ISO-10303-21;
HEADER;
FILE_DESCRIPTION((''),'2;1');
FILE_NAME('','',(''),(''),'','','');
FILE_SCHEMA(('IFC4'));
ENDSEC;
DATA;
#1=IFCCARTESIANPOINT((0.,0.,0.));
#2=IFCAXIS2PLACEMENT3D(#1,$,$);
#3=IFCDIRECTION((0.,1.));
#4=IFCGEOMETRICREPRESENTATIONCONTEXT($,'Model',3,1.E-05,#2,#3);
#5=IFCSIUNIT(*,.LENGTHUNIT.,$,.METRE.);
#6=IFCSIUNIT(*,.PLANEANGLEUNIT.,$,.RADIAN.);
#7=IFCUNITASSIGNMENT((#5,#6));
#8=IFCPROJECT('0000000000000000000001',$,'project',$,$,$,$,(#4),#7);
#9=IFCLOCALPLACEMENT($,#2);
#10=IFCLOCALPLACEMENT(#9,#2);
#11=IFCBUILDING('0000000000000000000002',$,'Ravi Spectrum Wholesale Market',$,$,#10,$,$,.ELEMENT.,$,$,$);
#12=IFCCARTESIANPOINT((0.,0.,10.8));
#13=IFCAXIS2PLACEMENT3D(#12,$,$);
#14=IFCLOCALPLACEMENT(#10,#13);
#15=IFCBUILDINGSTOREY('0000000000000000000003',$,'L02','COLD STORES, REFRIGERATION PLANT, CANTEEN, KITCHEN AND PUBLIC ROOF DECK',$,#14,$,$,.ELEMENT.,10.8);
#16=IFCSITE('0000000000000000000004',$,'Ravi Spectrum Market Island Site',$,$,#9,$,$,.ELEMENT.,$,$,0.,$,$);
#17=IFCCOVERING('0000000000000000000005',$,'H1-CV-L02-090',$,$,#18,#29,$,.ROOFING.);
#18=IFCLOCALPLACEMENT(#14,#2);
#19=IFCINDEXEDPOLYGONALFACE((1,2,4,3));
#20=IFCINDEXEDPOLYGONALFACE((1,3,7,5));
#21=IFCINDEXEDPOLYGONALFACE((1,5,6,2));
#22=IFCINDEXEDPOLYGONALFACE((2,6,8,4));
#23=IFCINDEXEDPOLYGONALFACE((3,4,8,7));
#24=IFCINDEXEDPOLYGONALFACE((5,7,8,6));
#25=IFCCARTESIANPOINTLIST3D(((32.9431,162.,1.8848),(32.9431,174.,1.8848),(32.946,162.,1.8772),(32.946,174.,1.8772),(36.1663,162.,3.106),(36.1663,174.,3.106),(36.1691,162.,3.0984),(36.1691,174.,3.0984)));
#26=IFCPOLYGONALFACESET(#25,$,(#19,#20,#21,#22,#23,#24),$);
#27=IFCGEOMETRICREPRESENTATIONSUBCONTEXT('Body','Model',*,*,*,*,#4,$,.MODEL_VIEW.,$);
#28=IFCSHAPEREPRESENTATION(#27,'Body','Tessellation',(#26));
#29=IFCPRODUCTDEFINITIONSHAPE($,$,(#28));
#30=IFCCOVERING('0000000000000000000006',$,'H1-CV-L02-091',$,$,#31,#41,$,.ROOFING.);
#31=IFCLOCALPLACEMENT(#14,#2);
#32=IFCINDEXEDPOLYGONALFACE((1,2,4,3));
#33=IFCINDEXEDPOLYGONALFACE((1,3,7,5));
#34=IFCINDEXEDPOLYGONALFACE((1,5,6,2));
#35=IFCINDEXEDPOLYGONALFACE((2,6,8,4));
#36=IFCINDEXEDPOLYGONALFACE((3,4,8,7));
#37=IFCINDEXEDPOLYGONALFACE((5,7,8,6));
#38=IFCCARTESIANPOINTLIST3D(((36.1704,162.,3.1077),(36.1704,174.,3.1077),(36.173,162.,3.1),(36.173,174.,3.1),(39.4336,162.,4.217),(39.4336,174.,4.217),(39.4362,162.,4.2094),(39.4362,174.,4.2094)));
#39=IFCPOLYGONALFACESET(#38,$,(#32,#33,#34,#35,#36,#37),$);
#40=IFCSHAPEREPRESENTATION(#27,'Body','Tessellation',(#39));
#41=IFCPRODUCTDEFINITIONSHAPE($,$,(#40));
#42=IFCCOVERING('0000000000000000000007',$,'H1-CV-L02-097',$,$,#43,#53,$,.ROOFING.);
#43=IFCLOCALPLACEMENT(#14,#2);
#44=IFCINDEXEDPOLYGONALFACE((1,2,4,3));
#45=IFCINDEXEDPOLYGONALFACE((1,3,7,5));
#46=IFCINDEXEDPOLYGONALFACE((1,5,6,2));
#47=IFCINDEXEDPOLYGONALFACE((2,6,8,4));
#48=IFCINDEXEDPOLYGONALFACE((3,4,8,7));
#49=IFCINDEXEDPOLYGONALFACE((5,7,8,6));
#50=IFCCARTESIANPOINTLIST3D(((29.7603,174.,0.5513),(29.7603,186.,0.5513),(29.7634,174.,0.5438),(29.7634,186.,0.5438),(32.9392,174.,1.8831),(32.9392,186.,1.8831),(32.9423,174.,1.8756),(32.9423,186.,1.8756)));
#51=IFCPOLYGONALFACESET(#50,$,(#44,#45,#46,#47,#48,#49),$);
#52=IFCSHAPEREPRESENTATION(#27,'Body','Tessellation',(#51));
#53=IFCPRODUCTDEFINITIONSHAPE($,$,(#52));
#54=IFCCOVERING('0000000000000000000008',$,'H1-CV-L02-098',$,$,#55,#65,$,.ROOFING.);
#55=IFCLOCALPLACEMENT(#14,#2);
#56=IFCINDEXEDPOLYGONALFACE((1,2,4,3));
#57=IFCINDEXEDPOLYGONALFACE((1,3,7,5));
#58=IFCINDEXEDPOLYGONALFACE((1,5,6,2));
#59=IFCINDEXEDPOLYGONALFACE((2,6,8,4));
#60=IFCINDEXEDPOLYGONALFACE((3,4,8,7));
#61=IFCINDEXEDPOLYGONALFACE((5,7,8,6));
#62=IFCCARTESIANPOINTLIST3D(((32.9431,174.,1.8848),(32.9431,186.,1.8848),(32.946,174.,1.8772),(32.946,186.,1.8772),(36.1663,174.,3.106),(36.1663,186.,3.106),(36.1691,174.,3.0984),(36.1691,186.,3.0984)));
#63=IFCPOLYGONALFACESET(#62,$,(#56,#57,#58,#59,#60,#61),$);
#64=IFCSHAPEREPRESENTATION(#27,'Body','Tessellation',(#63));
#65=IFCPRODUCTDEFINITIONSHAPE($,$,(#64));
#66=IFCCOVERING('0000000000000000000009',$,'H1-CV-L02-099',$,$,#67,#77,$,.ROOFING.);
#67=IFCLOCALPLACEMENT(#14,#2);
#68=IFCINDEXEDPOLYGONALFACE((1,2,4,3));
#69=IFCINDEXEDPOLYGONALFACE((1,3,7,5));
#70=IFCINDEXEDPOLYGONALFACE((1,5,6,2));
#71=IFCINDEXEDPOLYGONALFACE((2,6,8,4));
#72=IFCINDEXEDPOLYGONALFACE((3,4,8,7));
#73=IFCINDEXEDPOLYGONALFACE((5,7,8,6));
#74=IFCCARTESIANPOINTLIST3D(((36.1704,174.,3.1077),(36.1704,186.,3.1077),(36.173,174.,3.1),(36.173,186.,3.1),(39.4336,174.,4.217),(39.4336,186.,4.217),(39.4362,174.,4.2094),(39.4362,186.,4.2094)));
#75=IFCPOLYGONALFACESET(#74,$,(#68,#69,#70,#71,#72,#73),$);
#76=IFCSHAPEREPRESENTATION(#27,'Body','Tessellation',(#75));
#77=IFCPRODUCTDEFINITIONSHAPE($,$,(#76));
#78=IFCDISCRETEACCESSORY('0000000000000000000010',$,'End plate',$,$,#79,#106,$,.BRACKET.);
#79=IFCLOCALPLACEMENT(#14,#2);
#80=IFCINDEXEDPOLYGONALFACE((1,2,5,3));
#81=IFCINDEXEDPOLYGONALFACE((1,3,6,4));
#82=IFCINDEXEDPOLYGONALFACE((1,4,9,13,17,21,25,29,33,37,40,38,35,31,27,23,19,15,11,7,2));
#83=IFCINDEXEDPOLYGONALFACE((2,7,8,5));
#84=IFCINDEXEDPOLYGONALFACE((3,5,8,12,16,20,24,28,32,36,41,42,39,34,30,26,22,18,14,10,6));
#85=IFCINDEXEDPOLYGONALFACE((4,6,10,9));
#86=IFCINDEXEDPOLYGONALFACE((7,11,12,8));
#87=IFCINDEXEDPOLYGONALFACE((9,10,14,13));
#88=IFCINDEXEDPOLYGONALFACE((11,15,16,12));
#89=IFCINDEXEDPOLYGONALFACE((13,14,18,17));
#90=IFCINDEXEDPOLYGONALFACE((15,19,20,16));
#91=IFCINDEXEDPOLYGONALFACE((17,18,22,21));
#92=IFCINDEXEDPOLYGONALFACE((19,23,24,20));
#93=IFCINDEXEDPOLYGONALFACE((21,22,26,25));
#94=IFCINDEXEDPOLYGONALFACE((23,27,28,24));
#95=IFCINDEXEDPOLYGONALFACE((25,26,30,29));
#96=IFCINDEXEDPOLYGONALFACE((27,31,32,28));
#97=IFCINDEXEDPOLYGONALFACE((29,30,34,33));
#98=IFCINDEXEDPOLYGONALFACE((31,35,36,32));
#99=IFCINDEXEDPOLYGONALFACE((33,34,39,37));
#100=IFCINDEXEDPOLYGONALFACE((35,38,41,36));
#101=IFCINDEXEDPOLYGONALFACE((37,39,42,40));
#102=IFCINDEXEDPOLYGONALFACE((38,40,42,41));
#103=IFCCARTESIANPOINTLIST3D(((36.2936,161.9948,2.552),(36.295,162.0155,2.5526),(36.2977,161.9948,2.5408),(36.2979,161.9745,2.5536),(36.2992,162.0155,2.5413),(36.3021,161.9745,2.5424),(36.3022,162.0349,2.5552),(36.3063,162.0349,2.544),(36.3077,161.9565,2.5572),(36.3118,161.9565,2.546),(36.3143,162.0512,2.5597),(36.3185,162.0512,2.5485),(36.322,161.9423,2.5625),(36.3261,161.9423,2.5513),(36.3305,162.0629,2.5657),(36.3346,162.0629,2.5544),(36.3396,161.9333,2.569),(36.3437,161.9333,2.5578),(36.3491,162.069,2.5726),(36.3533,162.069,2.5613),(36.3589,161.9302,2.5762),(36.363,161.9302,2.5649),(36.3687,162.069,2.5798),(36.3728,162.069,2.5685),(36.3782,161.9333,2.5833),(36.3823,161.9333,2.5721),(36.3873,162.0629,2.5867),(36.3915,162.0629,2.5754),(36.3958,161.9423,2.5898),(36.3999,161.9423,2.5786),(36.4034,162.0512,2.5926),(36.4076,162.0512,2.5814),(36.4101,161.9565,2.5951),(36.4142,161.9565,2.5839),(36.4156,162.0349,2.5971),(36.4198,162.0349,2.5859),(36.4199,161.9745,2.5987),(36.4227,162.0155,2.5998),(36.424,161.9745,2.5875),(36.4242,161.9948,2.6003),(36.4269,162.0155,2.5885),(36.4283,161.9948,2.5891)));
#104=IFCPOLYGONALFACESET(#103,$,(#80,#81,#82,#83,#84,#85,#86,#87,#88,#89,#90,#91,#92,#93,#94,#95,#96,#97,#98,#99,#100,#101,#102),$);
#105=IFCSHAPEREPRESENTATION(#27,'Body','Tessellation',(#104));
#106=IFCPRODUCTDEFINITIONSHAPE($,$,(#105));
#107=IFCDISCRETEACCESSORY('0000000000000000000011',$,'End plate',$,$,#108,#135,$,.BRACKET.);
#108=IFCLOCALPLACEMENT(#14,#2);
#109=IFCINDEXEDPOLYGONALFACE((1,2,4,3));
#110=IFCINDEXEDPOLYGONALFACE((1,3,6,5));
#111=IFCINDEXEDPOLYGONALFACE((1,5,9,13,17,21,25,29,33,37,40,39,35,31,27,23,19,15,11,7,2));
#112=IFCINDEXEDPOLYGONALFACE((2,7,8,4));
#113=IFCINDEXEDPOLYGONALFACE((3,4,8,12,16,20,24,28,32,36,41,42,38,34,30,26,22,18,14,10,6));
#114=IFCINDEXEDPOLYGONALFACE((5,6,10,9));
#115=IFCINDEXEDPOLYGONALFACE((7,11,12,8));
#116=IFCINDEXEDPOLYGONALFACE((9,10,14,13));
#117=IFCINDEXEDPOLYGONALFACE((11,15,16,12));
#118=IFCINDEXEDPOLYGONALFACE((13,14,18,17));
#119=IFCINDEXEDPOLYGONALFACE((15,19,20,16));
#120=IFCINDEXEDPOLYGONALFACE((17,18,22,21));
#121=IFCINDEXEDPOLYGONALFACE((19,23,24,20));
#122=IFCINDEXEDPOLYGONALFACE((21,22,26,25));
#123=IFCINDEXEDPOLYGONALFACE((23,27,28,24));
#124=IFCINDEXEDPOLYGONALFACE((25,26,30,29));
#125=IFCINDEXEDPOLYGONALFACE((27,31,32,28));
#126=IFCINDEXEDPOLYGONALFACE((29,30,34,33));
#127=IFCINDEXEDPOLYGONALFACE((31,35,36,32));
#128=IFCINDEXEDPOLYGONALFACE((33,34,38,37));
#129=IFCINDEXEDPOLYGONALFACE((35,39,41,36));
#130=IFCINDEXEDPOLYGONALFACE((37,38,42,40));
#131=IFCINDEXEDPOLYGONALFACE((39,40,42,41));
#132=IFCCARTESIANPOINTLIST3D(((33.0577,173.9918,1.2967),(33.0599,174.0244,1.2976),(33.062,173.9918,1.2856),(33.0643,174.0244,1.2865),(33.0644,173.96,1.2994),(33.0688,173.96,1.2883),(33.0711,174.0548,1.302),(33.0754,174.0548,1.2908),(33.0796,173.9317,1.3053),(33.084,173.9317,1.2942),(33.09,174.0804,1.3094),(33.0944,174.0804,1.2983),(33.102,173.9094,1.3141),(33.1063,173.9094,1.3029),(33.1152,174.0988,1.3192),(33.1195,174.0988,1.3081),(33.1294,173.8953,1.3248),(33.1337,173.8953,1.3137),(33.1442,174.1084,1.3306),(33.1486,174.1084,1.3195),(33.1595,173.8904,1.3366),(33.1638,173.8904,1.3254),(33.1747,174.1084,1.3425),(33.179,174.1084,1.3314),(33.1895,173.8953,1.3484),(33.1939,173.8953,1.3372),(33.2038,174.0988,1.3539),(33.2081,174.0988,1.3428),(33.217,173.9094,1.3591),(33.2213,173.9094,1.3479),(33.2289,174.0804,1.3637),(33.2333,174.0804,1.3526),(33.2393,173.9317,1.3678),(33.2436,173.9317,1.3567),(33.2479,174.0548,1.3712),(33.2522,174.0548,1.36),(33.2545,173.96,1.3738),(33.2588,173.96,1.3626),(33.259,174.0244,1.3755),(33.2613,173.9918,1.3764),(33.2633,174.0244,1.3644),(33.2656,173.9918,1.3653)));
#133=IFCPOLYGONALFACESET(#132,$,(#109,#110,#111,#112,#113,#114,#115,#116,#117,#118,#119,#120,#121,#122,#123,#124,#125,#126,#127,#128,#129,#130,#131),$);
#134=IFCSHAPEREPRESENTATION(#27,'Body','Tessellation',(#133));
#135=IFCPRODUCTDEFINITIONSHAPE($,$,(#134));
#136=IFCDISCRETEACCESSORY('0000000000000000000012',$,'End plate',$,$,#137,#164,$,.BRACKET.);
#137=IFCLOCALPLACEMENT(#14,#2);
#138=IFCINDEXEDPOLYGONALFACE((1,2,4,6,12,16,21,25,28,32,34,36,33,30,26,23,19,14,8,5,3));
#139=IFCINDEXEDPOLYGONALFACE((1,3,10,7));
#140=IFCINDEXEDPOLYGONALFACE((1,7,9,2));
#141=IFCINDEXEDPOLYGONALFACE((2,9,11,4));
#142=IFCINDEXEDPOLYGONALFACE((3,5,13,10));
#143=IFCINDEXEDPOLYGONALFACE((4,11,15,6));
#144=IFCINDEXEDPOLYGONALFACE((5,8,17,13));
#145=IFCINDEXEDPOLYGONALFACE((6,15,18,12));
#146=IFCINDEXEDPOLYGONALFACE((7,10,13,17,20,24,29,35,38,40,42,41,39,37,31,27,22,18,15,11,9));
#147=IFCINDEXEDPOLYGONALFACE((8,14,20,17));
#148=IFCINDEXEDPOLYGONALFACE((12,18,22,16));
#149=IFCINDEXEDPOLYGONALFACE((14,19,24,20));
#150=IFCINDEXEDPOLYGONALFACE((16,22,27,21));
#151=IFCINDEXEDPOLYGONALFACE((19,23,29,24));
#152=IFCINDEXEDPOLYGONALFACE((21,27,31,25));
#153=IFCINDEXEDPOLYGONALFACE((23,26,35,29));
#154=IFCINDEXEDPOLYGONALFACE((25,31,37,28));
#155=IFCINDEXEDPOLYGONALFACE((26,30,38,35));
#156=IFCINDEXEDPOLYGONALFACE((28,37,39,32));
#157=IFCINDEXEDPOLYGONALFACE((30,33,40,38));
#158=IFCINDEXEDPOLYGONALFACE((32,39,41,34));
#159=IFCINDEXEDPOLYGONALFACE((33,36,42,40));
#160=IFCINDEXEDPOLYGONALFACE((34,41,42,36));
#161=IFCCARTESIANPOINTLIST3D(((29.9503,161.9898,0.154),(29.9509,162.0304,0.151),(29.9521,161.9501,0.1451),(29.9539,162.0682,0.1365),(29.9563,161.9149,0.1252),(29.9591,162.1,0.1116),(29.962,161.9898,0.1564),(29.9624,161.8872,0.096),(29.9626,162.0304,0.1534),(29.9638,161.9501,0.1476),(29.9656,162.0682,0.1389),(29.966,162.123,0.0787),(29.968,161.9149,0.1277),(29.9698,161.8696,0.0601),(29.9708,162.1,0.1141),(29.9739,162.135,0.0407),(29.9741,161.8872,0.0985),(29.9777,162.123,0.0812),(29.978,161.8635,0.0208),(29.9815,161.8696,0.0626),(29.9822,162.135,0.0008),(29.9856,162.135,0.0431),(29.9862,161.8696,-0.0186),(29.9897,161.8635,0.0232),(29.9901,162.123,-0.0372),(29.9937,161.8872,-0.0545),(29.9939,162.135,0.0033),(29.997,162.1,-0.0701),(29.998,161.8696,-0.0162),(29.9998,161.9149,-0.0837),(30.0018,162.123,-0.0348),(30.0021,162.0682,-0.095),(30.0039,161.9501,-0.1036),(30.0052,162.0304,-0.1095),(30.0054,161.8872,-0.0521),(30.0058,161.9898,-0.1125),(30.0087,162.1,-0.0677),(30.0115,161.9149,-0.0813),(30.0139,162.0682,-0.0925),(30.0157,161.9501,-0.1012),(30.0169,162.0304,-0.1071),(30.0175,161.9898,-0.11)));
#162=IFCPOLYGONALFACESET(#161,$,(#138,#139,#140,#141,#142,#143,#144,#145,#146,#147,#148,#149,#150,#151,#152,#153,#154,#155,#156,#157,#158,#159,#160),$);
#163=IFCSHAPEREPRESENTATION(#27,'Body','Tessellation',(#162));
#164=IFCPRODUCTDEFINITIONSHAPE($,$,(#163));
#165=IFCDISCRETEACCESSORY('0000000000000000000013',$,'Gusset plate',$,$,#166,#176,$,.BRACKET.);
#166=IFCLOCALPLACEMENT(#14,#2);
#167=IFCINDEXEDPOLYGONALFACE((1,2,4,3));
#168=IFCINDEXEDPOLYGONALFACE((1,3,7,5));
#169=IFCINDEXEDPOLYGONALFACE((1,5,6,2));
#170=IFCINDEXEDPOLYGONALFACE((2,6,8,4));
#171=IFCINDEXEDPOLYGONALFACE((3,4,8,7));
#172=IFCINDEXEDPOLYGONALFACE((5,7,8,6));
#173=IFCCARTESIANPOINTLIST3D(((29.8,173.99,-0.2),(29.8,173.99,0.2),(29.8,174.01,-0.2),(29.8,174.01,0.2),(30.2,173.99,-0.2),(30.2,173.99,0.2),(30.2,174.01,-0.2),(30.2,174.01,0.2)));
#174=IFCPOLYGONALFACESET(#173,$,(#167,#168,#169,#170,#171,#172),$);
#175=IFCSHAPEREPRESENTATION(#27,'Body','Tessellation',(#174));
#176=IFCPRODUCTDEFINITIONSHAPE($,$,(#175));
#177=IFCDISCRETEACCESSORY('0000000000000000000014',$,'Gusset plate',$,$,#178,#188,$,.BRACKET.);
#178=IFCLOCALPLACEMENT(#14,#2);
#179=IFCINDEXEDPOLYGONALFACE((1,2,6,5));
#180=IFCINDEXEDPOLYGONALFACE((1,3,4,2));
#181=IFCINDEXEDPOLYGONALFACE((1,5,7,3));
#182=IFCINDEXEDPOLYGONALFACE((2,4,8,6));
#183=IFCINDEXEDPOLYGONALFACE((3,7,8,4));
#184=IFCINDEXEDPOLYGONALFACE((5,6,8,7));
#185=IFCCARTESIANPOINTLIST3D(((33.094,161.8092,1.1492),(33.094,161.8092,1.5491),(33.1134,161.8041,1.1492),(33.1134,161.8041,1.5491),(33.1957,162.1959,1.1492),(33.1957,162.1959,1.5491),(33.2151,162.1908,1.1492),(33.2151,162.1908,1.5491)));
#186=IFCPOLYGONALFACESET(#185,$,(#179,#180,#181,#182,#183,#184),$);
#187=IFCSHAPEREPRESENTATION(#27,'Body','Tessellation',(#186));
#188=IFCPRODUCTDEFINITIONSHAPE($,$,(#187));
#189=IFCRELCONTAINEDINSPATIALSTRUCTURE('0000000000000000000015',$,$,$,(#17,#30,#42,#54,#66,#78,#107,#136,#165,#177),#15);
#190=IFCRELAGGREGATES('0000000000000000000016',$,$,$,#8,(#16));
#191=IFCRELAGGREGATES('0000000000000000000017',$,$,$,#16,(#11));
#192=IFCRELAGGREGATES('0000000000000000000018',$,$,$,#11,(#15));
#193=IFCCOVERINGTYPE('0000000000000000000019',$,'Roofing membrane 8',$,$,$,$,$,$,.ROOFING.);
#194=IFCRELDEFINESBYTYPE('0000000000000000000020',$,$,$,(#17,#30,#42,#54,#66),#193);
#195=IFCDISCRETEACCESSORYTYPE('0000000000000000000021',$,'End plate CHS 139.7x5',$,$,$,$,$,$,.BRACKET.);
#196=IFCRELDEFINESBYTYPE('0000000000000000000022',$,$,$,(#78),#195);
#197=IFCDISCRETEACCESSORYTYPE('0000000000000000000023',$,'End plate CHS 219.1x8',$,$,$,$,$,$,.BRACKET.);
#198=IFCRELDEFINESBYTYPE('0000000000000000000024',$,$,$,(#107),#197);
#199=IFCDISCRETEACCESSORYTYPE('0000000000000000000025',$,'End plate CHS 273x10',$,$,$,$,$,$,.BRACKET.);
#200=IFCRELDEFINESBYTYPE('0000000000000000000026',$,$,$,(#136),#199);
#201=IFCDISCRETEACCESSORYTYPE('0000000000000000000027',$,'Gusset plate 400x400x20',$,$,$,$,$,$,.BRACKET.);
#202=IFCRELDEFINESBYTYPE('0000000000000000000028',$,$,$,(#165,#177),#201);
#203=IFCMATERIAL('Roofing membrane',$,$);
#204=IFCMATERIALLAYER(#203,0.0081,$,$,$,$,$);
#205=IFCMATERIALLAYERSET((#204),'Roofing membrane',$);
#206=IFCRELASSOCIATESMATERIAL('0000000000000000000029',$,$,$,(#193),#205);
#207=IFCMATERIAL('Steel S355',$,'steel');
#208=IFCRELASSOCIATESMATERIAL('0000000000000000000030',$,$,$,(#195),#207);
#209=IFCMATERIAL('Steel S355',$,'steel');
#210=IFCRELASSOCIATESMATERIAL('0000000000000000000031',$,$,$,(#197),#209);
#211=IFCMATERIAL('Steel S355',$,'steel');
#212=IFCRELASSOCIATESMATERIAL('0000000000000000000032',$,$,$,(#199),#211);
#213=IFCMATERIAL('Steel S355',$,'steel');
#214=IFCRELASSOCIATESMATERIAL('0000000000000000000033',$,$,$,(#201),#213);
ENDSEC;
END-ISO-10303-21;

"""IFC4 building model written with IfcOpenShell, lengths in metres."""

from ifc_helpers import new_model, si_unit, direction, frame, origin, origin_2d, place, context, subcontext, project, spatial, polyline, rectangle, circle, outline, extrude, material, layer, layer_set, material_profile, profile_set, type_object, element, save


model = new_model("IFC4")

# Units and contexts
model_context = context("Model", 3, precision=1e-05, world=origin(), true_north=direction((0.0, 1.0)))
body_context = subcontext(model_context, "Body", "Model", "MODEL_VIEW")
ifc_project = project(units=[si_unit("LENGTHUNIT", "METRE"), si_unit("PLANEANGLEUNIT", "RADIAN")], contexts=[model_context])

# Site, building, storey
site_placement = place(None, origin())
site = spatial("IfcSite", under=ifc_project, at=site_placement, Name="Ravi Spectrum Market Island Site", CompositionType="ELEMENT", RefElevation=0.0)
building_placement = place(site_placement, origin())
building = spatial("IfcBuilding", under=site, at=building_placement, Name="Ravi Spectrum Wholesale Market", CompositionType="ELEMENT")
storey_placement = place(building_placement, frame((0.0, 0.0, 10.8)))
storey = spatial("IfcBuildingStorey", under=building, at=storey_placement, Name="L02", Description="COLD STORES, REFRIGERATION PLANT, CANTEEN, KITCHEN AND PUBLIC ROOF DECK", CompositionType="ELEMENT", Elevation=10.8)

# Coverings
ifc_material_1 = material(Name="Roofing membrane")
ifc_layer_1 = layer(ifc_material_1, 0.0081)
ifc_layer_set_1 = layer_set([ifc_layer_1], Name="Roofing membrane")
covering_type = type_object("IfcCoveringType", Name="Roofing membrane 8", PredefinedType="ROOFING", material=ifc_layer_set_1)
covering_1_placement = place(storey_placement, frame((32.9431, 162.0, 1.8848), z_axis=(-0.354304, 0.0, 0.93513), x_axis=(0.93513, 0.0, 0.354304)))
element("IfcCovering", 1, at=covering_1_placement, inside=storey, type_object=covering_type, Name="H1-CV-L02-090", PredefinedType="ROOFING", context=body_context, shape_type="SweptSolid", body=[
    extrude(outline(polyline([(0.0, 0.0), (3.4467, 0.0), (3.4467, 12.0), (0.0, 12.0), (0.0, 0.0)])), origin(), (0.0, 0.0, -1.0), 0.0081),
])
covering_2_placement = place(storey_placement, frame((36.1704, 162.0, 3.1077), z_axis=(-0.321875, 0.0, 0.946782), x_axis=(0.946782, 0.0, 0.321875)))
element("IfcCovering", 2, at=covering_2_placement, inside=storey, type_object=covering_type, Name="H1-CV-L02-091", PredefinedType="ROOFING", context=body_context, shape_type="SweptSolid", body=[
    extrude(outline(polyline([(0.0, 0.0), (3.4466, 0.0), (3.4466, 12.0), (0.0, 12.0), (0.0, 0.0)])), origin(), (0.0, 0.0, -1.0), 0.0081),
])
covering_3_placement = place(storey_placement, frame((29.7603, 174.0, 0.5513), z_axis=(-0.3864, 0.0, 0.922331), x_axis=(0.922331, 0.0, 0.3864)))
element("IfcCovering", 3, at=covering_3_placement, inside=storey, type_object=covering_type, Name="H1-CV-L02-097", PredefinedType="ROOFING", context=body_context, shape_type="SweptSolid", body=[
    extrude(outline(polyline([(0.0, 0.0), (3.4467, 0.0), (3.4467, 12.0), (0.0, 12.0), (0.0, 0.0)])), origin(), (0.0, 0.0, -1.0), 0.0081),
])
covering_4_placement = place(storey_placement, frame((32.9431, 174.0, 1.8848), z_axis=(-0.354304, 0.0, 0.93513), x_axis=(0.93513, 0.0, 0.354304)))
element("IfcCovering", 4, at=covering_4_placement, inside=storey, type_object=covering_type, Name="H1-CV-L02-098", PredefinedType="ROOFING", context=body_context, shape_type="SweptSolid", body=[
    extrude(outline(polyline([(0.0, 0.0), (3.4467, 0.0), (3.4467, 12.0), (0.0, 12.0), (0.0, 0.0)])), origin(), (0.0, 0.0, -1.0), 0.0081),
])
covering_5_placement = place(storey_placement, frame((36.1704, 174.0, 3.1077), z_axis=(-0.321875, 0.0, 0.946782), x_axis=(0.946782, 0.0, 0.321875)))
element("IfcCovering", 5, at=covering_5_placement, inside=storey, type_object=covering_type, Name="H1-CV-L02-099", PredefinedType="ROOFING", context=body_context, shape_type="SweptSolid", body=[
    extrude(outline(polyline([(0.0, 0.0), (3.4466, 0.0), (3.4466, 12.0), (0.0, 12.0), (0.0, 0.0)])), origin(), (0.0, 0.0, -1.0), 0.0081),
])

# Discrete accessories
ifc_material_2 = material(Name="Steel S355", Category="steel")
ifc_material_profile_1 = material_profile(ifc_material_2, circle(Radius=0.0698, at=origin_2d()))
ifc_profile_set_1 = profile_set([ifc_material_profile_1], Name="Steel S355")
discrete_accessory_type_1 = type_object("IfcDiscreteAccessoryType", Name="End plate CHS 139.7x5", PredefinedType="BRACKET", material=ifc_profile_set_1)
discrete_accessory_1_placement = place(storey_placement, frame((36.363, 162.0, 2.5649), z_axis=(-0.34665, 0.0, 0.937994), x_axis=(0.0, -1.0, 0.0)))
element("IfcDiscreteAccessory", 6, at=discrete_accessory_1_placement, inside=storey, type_object=discrete_accessory_type_1, Name="End plate", PredefinedType="BRACKET", context=body_context, shape_type="SweptSolid", body=[
    extrude(circle(Radius=0.0698, at=origin_2d()), origin(), (0.0, 0.0, 1.0), 0.012),
])
ifc_material_3 = material(Name="Steel S355", Category="steel")
ifc_material_profile_2 = material_profile(ifc_material_3, circle(Radius=0.1096, at=origin_2d()))
ifc_profile_set_2 = profile_set([ifc_material_profile_2], Name="Steel S355")
discrete_accessory_type_2 = type_object("IfcDiscreteAccessoryType", Name="End plate CHS 219.1x8", PredefinedType="BRACKET", material=ifc_profile_set_2)
discrete_accessory_2_placement = place(storey_placement, frame((33.1638, 174.0, 1.3254), z_axis=(-0.364399, 0.0, 0.931243), x_axis=(0.0, -1.0, 0.0)))
element("IfcDiscreteAccessory", 7, at=discrete_accessory_2_placement, inside=storey, type_object=discrete_accessory_type_2, Name="End plate", PredefinedType="BRACKET", context=body_context, shape_type="SweptSolid", body=[
    extrude(circle(Radius=0.1096, at=origin_2d()), origin(), (0.0, 0.0, 1.0), 0.012),
])
ifc_material_4 = material(Name="Steel S355", Category="steel")
ifc_material_profile_3 = material_profile(ifc_material_4, circle(Radius=0.1365, at=origin_2d()))
ifc_profile_set_3 = profile_set([ifc_material_profile_3], Name="Steel S355")
discrete_accessory_type_3 = type_object("IfcDiscreteAccessoryType", Name="End plate CHS 273x10", PredefinedType="BRACKET", material=ifc_profile_set_3)
discrete_accessory_3_placement = place(storey_placement, frame((29.9897, 162.0, 0.0232), z_axis=(-0.97898, 0.0, -0.203954), x_axis=(0.0, -1.0, 0.0)))
element("IfcDiscreteAccessory", 8, at=discrete_accessory_3_placement, inside=storey, type_object=discrete_accessory_type_3, Name="End plate", PredefinedType="BRACKET", context=body_context, shape_type="SweptSolid", body=[
    extrude(circle(Radius=0.1365, at=origin_2d()), origin(), (0.0, 0.0, 1.0), 0.012),
])
ifc_material_5 = material(Name="Steel S355", Category="steel")
ifc_material_profile_4 = material_profile(ifc_material_5, rectangle(XDim=0.3999, YDim=0.02, at=origin_2d()))
ifc_profile_set_4 = profile_set([ifc_material_profile_4], Name="Steel S355")
discrete_accessory_type_4 = type_object("IfcDiscreteAccessoryType", Name="Gusset plate 400x400x20", PredefinedType="BRACKET", material=ifc_profile_set_4)
for number, where, z_axis, x_axis, name in (
    (9, (30.0, 174.0, -0.2), (0.0, 0.0, 1.0), (1.0, 0.0, 0.0), "Gusset plate"),
    (10, (33.1545, 162.0, 1.1492), (0.0, 0.0, 1.0), (0.254235, 0.967143, 0.0), "Gusset plate"),
):
    element("IfcDiscreteAccessory", number, at=place(storey_placement, frame(where, z_axis=z_axis, x_axis=x_axis)), inside=storey, type_object=discrete_accessory_type_4, Name=name, PredefinedType="BRACKET", context=body_context, shape_type="SweptSolid", body=[
        extrude(rectangle(XDim=0.3999, YDim=0.02, at=origin_2d()), origin(), (0.0, 0.0, 1.0), 0.3999),
    ])

save(model, "model.ifc")
